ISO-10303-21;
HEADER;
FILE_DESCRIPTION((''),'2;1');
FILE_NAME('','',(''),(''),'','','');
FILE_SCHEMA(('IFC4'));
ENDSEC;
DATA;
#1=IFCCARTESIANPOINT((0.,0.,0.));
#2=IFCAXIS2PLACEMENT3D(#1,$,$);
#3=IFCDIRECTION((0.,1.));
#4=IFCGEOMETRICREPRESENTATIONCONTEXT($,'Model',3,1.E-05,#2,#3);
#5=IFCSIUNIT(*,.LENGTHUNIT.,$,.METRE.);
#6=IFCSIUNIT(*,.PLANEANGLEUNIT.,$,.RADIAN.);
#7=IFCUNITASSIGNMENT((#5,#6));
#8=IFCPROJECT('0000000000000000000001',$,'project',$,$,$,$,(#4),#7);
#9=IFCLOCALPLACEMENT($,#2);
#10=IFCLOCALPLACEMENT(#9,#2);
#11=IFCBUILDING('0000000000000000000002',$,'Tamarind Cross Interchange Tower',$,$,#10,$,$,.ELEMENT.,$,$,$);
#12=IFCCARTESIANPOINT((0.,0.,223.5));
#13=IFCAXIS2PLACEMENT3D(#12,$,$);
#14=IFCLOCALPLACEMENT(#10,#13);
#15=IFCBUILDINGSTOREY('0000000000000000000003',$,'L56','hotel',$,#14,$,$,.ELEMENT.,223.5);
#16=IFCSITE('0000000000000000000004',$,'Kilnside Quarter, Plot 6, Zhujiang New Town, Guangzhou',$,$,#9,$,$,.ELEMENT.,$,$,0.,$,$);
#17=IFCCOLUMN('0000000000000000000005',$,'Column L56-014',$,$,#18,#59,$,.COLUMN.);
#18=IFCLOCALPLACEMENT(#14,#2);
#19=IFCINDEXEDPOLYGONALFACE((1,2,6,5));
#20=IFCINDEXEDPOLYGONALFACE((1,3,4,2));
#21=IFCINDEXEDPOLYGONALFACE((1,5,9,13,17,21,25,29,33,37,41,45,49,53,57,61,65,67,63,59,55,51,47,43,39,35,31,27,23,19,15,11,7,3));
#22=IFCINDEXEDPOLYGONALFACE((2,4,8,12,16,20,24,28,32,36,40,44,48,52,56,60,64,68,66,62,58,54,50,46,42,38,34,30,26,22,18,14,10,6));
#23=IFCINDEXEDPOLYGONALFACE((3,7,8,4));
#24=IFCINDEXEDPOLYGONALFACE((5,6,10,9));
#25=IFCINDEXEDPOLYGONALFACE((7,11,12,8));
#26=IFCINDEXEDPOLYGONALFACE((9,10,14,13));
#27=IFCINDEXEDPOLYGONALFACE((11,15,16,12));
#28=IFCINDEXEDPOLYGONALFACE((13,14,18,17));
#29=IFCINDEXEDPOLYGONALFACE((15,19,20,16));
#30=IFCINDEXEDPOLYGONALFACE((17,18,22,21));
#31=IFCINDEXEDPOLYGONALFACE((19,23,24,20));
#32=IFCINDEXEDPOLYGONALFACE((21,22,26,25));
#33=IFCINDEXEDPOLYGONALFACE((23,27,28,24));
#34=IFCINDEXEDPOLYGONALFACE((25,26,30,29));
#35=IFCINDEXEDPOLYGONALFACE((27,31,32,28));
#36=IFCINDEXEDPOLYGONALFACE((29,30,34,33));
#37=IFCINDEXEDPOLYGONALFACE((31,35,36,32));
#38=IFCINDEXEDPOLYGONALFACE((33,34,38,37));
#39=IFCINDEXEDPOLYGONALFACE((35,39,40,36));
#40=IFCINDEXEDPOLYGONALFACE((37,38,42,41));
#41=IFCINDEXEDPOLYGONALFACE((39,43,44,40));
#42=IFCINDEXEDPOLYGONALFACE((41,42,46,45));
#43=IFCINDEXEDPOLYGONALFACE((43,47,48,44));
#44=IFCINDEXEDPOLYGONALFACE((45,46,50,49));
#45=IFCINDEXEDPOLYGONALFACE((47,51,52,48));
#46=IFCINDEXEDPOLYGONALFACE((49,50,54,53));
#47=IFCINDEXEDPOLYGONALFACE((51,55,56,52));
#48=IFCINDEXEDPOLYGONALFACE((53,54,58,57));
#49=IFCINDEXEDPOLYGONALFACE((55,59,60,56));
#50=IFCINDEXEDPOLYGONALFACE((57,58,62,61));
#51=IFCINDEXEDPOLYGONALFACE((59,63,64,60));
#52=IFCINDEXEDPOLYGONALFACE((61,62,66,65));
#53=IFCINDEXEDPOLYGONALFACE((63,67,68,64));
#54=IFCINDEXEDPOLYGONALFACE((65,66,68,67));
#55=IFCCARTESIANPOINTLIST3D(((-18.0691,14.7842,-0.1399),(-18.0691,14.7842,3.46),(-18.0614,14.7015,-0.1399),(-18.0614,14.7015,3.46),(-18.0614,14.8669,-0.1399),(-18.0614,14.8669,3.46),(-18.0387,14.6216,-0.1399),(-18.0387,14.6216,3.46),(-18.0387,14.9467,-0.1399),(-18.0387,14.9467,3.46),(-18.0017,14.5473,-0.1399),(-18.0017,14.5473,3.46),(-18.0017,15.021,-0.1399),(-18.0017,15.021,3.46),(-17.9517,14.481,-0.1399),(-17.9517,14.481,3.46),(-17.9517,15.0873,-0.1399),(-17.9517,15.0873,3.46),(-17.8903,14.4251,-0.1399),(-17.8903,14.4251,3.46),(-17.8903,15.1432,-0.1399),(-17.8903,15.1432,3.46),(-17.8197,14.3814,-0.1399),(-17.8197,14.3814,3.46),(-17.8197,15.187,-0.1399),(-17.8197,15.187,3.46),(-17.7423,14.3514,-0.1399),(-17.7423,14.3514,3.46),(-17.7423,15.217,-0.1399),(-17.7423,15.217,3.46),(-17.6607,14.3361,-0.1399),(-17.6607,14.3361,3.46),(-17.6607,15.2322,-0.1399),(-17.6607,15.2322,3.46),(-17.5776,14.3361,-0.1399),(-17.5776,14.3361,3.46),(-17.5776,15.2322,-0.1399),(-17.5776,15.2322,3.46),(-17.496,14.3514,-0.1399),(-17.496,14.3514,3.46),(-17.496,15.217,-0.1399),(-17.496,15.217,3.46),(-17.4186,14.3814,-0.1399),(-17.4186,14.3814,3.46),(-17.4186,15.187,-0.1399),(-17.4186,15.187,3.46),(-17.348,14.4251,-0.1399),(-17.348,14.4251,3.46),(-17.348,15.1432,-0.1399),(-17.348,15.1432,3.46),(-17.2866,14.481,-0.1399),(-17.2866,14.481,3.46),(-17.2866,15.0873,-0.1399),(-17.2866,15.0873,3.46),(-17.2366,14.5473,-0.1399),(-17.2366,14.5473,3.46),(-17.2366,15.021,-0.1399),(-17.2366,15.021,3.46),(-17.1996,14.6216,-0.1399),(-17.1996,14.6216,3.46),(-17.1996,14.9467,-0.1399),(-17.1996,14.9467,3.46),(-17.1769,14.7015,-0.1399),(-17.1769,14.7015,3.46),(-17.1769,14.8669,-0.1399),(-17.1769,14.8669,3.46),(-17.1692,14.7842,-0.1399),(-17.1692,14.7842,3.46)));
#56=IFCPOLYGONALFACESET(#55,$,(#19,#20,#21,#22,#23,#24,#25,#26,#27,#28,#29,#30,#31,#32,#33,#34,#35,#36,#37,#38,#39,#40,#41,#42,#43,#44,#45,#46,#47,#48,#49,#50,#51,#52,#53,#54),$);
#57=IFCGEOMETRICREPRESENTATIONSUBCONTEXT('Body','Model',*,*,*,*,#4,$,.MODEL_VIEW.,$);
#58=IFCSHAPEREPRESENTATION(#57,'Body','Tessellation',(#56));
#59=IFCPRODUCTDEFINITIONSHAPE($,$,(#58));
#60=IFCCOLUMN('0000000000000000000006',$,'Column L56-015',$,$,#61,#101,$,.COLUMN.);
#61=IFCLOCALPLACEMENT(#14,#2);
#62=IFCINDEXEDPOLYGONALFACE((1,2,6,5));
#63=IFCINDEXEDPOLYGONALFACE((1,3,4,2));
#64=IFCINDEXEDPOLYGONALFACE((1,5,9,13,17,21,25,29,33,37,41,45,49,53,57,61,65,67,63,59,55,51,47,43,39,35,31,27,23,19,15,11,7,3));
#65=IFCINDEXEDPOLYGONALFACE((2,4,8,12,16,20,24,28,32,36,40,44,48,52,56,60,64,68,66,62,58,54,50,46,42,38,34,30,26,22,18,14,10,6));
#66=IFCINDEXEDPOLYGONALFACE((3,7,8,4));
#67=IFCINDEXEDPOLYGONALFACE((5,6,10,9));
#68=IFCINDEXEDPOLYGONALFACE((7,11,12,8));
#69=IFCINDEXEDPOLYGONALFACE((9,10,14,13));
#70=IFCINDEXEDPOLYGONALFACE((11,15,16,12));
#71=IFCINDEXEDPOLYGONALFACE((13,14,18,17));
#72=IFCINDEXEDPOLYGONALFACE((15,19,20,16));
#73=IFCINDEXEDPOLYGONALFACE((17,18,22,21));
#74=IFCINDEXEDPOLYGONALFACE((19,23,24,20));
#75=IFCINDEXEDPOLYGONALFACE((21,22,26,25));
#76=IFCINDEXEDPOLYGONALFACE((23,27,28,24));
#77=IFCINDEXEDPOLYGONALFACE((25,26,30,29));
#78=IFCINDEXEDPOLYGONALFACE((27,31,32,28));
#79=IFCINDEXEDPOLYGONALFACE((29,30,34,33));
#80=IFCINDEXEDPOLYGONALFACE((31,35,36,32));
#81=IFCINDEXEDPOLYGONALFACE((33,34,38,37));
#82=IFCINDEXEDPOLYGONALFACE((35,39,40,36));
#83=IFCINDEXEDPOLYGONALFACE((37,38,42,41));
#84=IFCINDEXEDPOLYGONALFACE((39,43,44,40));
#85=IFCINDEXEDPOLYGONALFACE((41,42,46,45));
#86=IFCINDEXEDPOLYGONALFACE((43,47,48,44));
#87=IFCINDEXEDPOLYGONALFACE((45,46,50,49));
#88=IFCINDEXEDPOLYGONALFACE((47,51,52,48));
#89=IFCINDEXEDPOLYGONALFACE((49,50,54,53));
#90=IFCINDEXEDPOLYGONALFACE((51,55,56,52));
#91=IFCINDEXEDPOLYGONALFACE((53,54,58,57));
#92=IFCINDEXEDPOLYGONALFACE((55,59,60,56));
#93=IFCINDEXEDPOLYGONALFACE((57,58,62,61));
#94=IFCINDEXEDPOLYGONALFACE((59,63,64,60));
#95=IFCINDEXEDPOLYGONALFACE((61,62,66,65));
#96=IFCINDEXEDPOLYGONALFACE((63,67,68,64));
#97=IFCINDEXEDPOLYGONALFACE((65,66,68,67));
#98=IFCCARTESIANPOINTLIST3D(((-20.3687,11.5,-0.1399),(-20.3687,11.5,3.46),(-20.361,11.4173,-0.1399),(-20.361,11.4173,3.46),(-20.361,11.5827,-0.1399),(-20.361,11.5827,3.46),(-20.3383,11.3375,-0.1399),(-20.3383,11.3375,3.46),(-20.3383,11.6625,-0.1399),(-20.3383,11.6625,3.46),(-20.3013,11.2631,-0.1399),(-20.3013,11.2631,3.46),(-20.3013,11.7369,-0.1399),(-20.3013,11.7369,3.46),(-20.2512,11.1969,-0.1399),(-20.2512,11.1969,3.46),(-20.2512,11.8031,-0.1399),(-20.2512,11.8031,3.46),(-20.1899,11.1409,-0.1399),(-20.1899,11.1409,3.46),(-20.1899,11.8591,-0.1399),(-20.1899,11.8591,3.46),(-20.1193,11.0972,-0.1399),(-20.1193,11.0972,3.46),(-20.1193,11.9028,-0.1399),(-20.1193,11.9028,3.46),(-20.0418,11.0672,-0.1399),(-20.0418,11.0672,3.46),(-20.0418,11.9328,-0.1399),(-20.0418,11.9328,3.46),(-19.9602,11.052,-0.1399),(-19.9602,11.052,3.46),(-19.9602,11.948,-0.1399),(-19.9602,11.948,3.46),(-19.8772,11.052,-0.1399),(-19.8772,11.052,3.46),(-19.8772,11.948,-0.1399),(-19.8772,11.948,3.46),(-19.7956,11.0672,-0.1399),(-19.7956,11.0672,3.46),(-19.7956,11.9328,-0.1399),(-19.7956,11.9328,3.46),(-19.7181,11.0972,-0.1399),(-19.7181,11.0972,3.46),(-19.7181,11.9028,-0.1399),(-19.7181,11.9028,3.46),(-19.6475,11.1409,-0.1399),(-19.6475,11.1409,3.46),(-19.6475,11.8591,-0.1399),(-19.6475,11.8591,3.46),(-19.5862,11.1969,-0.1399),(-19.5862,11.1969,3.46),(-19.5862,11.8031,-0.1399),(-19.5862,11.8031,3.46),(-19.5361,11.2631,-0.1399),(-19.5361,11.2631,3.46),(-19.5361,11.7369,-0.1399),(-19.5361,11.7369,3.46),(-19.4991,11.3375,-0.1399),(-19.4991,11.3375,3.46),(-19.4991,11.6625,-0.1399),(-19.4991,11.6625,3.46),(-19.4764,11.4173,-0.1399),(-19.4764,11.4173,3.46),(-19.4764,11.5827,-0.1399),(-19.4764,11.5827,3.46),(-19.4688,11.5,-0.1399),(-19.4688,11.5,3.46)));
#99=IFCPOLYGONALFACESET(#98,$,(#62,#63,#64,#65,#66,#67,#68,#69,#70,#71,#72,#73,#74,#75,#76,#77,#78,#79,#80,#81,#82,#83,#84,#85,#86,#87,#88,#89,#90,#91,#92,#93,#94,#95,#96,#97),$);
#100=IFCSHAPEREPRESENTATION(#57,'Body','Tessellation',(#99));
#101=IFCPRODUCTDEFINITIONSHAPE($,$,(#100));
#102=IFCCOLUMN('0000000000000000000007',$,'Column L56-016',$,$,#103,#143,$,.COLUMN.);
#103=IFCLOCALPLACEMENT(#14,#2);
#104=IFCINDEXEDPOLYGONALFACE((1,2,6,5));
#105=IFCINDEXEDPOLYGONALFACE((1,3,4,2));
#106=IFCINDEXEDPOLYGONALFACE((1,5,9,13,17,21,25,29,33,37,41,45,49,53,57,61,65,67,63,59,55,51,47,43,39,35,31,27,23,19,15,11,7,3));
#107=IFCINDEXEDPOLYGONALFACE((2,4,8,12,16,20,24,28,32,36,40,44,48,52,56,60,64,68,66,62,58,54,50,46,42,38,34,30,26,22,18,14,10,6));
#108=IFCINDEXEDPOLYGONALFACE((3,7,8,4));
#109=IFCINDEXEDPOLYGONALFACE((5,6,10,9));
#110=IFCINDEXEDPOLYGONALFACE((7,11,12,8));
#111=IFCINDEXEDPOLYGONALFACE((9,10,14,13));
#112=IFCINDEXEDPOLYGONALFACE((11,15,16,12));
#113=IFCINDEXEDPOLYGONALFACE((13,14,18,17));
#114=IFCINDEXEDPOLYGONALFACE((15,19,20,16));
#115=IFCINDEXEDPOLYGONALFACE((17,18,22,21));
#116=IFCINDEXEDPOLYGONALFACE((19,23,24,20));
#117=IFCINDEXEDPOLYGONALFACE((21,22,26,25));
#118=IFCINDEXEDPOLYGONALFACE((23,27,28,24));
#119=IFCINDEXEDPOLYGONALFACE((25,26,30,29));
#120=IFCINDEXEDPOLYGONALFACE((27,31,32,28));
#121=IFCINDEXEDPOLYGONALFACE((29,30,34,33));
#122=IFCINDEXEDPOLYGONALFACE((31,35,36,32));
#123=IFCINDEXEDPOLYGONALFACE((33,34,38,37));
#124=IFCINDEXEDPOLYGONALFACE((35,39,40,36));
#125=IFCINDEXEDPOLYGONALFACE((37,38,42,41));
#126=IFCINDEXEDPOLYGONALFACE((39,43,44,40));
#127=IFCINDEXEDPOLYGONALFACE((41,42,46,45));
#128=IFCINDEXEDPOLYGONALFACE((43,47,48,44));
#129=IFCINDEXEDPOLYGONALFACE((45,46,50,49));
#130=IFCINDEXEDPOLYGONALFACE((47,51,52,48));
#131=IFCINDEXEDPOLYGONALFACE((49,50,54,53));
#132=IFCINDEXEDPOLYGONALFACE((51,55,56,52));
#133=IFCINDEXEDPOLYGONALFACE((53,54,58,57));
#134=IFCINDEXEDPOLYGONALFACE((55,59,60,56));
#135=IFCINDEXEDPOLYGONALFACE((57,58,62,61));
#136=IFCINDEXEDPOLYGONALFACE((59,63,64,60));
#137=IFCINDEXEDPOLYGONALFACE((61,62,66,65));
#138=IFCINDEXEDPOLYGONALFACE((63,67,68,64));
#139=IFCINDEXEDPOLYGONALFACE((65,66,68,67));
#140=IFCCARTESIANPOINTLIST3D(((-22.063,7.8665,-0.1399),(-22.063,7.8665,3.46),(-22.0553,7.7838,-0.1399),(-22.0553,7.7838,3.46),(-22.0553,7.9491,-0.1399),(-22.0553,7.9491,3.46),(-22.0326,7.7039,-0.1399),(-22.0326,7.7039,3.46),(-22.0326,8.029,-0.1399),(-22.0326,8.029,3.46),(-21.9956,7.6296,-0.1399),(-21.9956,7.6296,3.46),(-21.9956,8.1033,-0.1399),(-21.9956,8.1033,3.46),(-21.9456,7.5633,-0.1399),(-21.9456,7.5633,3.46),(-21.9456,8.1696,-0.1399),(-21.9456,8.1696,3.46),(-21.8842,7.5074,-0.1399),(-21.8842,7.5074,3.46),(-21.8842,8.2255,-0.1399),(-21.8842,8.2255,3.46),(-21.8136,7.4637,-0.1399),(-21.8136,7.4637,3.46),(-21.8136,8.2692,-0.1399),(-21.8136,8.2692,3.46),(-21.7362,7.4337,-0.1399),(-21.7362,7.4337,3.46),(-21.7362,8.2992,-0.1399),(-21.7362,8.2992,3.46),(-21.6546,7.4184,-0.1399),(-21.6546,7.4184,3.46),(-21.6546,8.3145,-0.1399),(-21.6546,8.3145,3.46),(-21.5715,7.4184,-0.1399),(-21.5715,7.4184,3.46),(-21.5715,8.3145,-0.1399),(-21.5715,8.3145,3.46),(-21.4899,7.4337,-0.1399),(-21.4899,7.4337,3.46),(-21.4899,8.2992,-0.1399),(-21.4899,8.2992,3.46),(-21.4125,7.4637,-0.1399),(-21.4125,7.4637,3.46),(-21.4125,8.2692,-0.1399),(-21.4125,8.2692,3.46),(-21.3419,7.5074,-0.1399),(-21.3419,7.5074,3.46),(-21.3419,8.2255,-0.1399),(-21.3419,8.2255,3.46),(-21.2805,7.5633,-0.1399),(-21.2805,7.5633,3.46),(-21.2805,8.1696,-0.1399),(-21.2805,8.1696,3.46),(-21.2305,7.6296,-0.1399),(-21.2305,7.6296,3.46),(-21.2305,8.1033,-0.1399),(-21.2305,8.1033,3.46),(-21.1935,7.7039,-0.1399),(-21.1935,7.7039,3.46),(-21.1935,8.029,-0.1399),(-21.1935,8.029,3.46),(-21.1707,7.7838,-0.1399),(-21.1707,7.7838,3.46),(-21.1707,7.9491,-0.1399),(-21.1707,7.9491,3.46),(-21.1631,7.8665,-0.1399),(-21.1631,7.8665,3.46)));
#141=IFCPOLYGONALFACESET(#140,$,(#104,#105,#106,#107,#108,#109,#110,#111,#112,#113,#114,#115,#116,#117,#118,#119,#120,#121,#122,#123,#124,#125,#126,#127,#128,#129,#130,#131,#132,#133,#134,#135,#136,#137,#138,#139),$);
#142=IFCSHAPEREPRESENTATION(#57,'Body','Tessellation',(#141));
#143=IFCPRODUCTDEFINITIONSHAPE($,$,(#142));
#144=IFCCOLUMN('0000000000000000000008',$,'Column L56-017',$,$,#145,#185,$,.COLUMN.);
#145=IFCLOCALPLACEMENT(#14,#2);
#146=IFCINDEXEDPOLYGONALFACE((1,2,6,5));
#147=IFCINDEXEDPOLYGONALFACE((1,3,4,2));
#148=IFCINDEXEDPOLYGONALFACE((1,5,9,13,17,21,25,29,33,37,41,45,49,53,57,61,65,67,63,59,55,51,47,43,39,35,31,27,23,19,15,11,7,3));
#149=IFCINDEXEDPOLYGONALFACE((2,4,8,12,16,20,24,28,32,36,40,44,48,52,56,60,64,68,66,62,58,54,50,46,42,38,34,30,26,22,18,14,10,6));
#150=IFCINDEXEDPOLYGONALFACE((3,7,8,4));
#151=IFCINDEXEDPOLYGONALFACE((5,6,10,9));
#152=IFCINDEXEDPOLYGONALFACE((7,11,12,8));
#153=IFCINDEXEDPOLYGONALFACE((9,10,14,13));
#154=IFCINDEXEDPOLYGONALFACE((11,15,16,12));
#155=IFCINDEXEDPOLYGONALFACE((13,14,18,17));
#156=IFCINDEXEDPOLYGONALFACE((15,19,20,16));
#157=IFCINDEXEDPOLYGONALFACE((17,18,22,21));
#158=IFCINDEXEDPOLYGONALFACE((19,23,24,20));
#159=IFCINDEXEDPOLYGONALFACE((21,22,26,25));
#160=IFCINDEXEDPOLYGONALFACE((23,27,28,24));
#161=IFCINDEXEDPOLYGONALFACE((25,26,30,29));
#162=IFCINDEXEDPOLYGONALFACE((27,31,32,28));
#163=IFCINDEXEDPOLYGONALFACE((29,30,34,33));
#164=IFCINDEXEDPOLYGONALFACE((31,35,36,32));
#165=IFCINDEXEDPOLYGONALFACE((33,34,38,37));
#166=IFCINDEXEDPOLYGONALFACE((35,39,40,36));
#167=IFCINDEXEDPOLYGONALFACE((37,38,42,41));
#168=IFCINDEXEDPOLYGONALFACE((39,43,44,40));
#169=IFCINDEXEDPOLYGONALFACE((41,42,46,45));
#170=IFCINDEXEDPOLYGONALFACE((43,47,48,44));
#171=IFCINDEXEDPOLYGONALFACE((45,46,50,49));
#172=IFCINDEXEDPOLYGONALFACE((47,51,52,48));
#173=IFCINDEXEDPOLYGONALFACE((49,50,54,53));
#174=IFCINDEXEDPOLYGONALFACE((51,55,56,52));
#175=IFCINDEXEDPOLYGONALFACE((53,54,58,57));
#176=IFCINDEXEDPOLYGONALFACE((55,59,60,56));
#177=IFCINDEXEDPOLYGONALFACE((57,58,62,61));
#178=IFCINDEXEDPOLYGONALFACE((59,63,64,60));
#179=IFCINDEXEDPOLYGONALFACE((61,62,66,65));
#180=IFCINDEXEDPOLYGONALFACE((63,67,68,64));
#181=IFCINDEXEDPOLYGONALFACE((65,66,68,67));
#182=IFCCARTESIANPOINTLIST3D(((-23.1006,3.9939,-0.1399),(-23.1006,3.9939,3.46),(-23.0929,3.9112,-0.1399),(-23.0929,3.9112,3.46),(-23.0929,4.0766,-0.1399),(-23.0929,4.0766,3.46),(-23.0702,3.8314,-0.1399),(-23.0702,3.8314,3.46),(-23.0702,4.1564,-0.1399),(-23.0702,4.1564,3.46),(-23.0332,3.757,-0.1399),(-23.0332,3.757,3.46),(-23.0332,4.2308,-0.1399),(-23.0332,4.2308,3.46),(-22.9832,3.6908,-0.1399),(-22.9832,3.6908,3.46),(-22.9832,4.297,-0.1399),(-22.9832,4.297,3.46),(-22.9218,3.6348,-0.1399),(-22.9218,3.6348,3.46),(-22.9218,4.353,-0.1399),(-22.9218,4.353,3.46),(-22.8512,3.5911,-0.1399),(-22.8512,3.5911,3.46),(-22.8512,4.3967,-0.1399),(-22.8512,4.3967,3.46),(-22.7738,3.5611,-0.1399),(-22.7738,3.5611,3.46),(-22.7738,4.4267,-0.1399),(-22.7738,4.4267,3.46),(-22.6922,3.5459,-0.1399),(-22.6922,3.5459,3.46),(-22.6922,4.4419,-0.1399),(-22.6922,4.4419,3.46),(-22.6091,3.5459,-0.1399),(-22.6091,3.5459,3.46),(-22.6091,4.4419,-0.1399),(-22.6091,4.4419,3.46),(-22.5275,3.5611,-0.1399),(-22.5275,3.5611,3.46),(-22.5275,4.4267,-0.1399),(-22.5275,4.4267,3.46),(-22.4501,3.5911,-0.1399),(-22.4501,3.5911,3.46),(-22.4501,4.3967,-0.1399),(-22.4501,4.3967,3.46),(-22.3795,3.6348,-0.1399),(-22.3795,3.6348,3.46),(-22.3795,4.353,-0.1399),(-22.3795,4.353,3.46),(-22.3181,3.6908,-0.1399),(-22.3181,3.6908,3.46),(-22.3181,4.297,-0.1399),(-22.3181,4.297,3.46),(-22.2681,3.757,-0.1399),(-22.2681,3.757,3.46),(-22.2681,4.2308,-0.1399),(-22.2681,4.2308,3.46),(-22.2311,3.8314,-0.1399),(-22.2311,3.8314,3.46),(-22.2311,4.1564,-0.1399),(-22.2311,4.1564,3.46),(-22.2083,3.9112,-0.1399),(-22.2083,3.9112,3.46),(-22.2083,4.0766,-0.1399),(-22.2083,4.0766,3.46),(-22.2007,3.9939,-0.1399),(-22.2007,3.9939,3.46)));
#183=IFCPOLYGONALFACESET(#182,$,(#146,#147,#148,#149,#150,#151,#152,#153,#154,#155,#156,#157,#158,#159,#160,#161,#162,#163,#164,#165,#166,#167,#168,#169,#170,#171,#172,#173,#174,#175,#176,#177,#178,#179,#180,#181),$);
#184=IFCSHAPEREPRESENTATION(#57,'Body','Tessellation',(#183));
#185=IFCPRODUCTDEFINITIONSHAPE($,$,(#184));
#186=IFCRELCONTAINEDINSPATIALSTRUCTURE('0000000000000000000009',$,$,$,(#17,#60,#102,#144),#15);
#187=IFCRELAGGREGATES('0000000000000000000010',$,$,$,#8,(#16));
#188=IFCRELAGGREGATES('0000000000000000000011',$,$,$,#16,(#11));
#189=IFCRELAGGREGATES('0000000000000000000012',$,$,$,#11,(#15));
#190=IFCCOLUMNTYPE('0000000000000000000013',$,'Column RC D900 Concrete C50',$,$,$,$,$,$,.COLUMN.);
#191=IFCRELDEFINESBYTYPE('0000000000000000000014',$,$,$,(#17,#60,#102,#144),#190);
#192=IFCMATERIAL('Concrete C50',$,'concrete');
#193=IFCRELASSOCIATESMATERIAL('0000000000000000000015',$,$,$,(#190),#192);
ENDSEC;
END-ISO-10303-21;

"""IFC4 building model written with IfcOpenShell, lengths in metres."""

from ifc_helpers import new_model, si_unit, direction, frame, origin, origin_2d, place, context, subcontext, project, spatial, circle, extrude, material, material_profile, profile_set, type_object, element, save


model = new_model("IFC4")

# Units and contexts
model_context = context("Model", 3, precision=1e-05, world=origin(), true_north=direction((0.0, 1.0)))
body_context = subcontext(model_context, "Body", "Model", "MODEL_VIEW")
ifc_project = project(units=[si_unit("LENGTHUNIT", "METRE"), si_unit("PLANEANGLEUNIT", "RADIAN")], contexts=[model_context])

# Site, building, storey
site_placement = place(None, origin())
site = spatial("IfcSite", under=ifc_project, at=site_placement, Name="Kilnside Quarter, Plot 6, Zhujiang New Town, Guangzhou", CompositionType="ELEMENT", RefElevation=0.0)
building_placement = place(site_placement, origin())
building = spatial("IfcBuilding", under=site, at=building_placement, Name="Tamarind Cross Interchange Tower", CompositionType="ELEMENT")
storey_placement = place(building_placement, frame((0.0, 0.0, 223.5)))
storey = spatial("IfcBuildingStorey", under=building, at=storey_placement, Name="L56", Description="hotel", CompositionType="ELEMENT", Elevation=223.5)

# Columns
ifc_material_1 = material(Name="Concrete C50", Category="concrete")
ifc_material_profile_1 = material_profile(ifc_material_1, circle(Radius=0.45, at=origin_2d()), Name="RC D900")
ifc_profile_set_1 = profile_set([ifc_material_profile_1], Name="Concrete C50")
column_type = type_object("IfcColumnType", Name="Column RC D900 Concrete C50", PredefinedType="COLUMN", material=ifc_profile_set_1)
for number, where, z_axis, x_axis, name in (
    (1, (-17.6191, 14.7842, -0.1399), (0.0, 0.0, 1.0), (1.0, 0.0, 0.0), "Column L56-014"),
    (2, (-19.9187, 11.5, -0.1399), (0.0, 0.0, 1.0), (1.0, 0.0, 0.0), "Column L56-015"),
    (3, (-21.613, 7.8665, -0.1399), (0.0, 0.0, 1.0), (1.0, 0.0, 0.0), "Column L56-016"),
    (4, (-22.6506, 3.9939, -0.1399), (0.0, 0.0, 1.0), (1.0, 0.0, 0.0), "Column L56-017"),
):
    element("IfcColumn", number, at=place(storey_placement, frame(where, z_axis=z_axis, x_axis=x_axis)), inside=storey, type_object=column_type, Name=name, PredefinedType="COLUMN", context=body_context, shape_type="SweptSolid", body=[
        extrude(circle(Radius=0.45, at=origin_2d()), origin(), (0.0, 0.0, 1.0), 3.5999),
    ])

save(model, "model.ifc")
